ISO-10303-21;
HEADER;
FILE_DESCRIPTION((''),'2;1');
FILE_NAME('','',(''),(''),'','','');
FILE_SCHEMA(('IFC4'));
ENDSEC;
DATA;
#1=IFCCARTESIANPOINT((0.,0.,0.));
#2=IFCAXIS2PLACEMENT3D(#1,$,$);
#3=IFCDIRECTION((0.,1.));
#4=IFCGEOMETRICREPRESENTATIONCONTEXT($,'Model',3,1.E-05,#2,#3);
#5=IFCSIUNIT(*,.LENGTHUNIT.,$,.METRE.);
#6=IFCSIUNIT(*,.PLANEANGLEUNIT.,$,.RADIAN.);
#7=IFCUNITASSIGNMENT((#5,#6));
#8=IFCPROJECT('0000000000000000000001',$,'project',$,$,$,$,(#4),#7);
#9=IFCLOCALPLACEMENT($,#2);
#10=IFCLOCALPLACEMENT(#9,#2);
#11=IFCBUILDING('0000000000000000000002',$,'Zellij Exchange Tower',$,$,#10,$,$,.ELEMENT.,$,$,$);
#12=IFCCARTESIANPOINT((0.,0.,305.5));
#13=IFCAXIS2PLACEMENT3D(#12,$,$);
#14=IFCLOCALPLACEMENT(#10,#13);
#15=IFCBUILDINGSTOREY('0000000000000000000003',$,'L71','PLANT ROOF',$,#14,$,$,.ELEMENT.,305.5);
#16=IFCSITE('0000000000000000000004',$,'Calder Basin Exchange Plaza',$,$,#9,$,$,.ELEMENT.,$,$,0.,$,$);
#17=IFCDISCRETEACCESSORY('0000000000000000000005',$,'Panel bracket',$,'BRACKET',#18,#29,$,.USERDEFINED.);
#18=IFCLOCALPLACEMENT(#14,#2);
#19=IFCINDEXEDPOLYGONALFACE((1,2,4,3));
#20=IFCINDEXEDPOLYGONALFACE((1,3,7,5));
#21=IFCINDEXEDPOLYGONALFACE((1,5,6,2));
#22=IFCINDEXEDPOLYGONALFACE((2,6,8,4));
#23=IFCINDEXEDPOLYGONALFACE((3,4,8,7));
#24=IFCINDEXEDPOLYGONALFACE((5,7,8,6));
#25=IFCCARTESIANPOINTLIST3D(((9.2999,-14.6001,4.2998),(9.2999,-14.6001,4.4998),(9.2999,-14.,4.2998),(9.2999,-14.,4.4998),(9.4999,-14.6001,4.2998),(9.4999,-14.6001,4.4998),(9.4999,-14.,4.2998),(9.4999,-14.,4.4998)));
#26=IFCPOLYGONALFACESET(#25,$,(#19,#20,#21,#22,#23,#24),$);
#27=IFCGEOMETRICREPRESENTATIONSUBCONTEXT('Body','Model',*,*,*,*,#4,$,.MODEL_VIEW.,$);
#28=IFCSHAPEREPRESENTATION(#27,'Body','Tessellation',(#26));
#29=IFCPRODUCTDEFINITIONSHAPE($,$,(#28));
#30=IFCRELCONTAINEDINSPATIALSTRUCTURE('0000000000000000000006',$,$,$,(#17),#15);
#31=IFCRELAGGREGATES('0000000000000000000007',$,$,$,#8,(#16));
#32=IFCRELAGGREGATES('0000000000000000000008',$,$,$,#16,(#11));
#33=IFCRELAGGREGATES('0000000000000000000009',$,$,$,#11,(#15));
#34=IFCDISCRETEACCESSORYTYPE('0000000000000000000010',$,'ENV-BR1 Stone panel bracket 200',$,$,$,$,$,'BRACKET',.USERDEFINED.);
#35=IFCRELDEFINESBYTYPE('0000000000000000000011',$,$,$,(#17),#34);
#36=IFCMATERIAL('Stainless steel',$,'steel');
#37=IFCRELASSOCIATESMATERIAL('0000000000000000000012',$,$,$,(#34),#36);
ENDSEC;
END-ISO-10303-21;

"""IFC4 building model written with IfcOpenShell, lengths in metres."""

from ifc_helpers import new_model, si_unit, direction, frame, origin, origin_2d, place, context, subcontext, project, spatial, rectangle, extrude, material, type_object, element, save


model = new_model("IFC4")

# Units and contexts
model_context = context("Model", 3, precision=1e-05, world=origin(), true_north=direction((0.0, 1.0)))
body_context = subcontext(model_context, "Body", "Model", "MODEL_VIEW")
ifc_project = project(units=[si_unit("LENGTHUNIT", "METRE"), si_unit("PLANEANGLEUNIT", "RADIAN")], contexts=[model_context])

# Site, building, storey
site_placement = place(None, origin())
site = spatial("IfcSite", under=ifc_project, at=site_placement, Name="Calder Basin Exchange Plaza", CompositionType="ELEMENT", RefElevation=0.0)
building_placement = place(site_placement, origin())
building = spatial("IfcBuilding", under=site, at=building_placement, Name="Zellij Exchange Tower", CompositionType="ELEMENT")
storey_placement = place(building_placement, frame((0.0, 0.0, 305.5)))
storey = spatial("IfcBuildingStorey", under=building, at=storey_placement, Name="L71", Description="PLANT ROOF", CompositionType="ELEMENT", Elevation=305.5)

# Shared definitions
ifc_material_1 = material(Name="Stainless steel", Category="steel")

# Discrete accessory
discrete_accessory_type = type_object("IfcDiscreteAccessoryType", Name="ENV-BR1 Stone panel bracket 200", ElementType="BRACKET", PredefinedType="USERDEFINED", material=ifc_material_1)
for number, where, z_axis, x_axis, name in (
    (1, (9.3999, -14.3, 4.2998), (0.0, 0.0, 1.0), (1.0, 0.0, 0.0), "Panel bracket"),
):
    element("IfcDiscreteAccessory", number, at=place(storey_placement, frame(where, z_axis=z_axis, x_axis=x_axis)), inside=storey, type_object=discrete_accessory_type, Name=name, ObjectType="BRACKET", PredefinedType="USERDEFINED", context=body_context, shape_type="SweptSolid", body=[
        extrude(rectangle(XDim=0.2, YDim=0.6001, at=origin_2d()), origin(), (0.0, 0.0, 1.0), 0.2),
    ])

save(model, "model.ifc")
